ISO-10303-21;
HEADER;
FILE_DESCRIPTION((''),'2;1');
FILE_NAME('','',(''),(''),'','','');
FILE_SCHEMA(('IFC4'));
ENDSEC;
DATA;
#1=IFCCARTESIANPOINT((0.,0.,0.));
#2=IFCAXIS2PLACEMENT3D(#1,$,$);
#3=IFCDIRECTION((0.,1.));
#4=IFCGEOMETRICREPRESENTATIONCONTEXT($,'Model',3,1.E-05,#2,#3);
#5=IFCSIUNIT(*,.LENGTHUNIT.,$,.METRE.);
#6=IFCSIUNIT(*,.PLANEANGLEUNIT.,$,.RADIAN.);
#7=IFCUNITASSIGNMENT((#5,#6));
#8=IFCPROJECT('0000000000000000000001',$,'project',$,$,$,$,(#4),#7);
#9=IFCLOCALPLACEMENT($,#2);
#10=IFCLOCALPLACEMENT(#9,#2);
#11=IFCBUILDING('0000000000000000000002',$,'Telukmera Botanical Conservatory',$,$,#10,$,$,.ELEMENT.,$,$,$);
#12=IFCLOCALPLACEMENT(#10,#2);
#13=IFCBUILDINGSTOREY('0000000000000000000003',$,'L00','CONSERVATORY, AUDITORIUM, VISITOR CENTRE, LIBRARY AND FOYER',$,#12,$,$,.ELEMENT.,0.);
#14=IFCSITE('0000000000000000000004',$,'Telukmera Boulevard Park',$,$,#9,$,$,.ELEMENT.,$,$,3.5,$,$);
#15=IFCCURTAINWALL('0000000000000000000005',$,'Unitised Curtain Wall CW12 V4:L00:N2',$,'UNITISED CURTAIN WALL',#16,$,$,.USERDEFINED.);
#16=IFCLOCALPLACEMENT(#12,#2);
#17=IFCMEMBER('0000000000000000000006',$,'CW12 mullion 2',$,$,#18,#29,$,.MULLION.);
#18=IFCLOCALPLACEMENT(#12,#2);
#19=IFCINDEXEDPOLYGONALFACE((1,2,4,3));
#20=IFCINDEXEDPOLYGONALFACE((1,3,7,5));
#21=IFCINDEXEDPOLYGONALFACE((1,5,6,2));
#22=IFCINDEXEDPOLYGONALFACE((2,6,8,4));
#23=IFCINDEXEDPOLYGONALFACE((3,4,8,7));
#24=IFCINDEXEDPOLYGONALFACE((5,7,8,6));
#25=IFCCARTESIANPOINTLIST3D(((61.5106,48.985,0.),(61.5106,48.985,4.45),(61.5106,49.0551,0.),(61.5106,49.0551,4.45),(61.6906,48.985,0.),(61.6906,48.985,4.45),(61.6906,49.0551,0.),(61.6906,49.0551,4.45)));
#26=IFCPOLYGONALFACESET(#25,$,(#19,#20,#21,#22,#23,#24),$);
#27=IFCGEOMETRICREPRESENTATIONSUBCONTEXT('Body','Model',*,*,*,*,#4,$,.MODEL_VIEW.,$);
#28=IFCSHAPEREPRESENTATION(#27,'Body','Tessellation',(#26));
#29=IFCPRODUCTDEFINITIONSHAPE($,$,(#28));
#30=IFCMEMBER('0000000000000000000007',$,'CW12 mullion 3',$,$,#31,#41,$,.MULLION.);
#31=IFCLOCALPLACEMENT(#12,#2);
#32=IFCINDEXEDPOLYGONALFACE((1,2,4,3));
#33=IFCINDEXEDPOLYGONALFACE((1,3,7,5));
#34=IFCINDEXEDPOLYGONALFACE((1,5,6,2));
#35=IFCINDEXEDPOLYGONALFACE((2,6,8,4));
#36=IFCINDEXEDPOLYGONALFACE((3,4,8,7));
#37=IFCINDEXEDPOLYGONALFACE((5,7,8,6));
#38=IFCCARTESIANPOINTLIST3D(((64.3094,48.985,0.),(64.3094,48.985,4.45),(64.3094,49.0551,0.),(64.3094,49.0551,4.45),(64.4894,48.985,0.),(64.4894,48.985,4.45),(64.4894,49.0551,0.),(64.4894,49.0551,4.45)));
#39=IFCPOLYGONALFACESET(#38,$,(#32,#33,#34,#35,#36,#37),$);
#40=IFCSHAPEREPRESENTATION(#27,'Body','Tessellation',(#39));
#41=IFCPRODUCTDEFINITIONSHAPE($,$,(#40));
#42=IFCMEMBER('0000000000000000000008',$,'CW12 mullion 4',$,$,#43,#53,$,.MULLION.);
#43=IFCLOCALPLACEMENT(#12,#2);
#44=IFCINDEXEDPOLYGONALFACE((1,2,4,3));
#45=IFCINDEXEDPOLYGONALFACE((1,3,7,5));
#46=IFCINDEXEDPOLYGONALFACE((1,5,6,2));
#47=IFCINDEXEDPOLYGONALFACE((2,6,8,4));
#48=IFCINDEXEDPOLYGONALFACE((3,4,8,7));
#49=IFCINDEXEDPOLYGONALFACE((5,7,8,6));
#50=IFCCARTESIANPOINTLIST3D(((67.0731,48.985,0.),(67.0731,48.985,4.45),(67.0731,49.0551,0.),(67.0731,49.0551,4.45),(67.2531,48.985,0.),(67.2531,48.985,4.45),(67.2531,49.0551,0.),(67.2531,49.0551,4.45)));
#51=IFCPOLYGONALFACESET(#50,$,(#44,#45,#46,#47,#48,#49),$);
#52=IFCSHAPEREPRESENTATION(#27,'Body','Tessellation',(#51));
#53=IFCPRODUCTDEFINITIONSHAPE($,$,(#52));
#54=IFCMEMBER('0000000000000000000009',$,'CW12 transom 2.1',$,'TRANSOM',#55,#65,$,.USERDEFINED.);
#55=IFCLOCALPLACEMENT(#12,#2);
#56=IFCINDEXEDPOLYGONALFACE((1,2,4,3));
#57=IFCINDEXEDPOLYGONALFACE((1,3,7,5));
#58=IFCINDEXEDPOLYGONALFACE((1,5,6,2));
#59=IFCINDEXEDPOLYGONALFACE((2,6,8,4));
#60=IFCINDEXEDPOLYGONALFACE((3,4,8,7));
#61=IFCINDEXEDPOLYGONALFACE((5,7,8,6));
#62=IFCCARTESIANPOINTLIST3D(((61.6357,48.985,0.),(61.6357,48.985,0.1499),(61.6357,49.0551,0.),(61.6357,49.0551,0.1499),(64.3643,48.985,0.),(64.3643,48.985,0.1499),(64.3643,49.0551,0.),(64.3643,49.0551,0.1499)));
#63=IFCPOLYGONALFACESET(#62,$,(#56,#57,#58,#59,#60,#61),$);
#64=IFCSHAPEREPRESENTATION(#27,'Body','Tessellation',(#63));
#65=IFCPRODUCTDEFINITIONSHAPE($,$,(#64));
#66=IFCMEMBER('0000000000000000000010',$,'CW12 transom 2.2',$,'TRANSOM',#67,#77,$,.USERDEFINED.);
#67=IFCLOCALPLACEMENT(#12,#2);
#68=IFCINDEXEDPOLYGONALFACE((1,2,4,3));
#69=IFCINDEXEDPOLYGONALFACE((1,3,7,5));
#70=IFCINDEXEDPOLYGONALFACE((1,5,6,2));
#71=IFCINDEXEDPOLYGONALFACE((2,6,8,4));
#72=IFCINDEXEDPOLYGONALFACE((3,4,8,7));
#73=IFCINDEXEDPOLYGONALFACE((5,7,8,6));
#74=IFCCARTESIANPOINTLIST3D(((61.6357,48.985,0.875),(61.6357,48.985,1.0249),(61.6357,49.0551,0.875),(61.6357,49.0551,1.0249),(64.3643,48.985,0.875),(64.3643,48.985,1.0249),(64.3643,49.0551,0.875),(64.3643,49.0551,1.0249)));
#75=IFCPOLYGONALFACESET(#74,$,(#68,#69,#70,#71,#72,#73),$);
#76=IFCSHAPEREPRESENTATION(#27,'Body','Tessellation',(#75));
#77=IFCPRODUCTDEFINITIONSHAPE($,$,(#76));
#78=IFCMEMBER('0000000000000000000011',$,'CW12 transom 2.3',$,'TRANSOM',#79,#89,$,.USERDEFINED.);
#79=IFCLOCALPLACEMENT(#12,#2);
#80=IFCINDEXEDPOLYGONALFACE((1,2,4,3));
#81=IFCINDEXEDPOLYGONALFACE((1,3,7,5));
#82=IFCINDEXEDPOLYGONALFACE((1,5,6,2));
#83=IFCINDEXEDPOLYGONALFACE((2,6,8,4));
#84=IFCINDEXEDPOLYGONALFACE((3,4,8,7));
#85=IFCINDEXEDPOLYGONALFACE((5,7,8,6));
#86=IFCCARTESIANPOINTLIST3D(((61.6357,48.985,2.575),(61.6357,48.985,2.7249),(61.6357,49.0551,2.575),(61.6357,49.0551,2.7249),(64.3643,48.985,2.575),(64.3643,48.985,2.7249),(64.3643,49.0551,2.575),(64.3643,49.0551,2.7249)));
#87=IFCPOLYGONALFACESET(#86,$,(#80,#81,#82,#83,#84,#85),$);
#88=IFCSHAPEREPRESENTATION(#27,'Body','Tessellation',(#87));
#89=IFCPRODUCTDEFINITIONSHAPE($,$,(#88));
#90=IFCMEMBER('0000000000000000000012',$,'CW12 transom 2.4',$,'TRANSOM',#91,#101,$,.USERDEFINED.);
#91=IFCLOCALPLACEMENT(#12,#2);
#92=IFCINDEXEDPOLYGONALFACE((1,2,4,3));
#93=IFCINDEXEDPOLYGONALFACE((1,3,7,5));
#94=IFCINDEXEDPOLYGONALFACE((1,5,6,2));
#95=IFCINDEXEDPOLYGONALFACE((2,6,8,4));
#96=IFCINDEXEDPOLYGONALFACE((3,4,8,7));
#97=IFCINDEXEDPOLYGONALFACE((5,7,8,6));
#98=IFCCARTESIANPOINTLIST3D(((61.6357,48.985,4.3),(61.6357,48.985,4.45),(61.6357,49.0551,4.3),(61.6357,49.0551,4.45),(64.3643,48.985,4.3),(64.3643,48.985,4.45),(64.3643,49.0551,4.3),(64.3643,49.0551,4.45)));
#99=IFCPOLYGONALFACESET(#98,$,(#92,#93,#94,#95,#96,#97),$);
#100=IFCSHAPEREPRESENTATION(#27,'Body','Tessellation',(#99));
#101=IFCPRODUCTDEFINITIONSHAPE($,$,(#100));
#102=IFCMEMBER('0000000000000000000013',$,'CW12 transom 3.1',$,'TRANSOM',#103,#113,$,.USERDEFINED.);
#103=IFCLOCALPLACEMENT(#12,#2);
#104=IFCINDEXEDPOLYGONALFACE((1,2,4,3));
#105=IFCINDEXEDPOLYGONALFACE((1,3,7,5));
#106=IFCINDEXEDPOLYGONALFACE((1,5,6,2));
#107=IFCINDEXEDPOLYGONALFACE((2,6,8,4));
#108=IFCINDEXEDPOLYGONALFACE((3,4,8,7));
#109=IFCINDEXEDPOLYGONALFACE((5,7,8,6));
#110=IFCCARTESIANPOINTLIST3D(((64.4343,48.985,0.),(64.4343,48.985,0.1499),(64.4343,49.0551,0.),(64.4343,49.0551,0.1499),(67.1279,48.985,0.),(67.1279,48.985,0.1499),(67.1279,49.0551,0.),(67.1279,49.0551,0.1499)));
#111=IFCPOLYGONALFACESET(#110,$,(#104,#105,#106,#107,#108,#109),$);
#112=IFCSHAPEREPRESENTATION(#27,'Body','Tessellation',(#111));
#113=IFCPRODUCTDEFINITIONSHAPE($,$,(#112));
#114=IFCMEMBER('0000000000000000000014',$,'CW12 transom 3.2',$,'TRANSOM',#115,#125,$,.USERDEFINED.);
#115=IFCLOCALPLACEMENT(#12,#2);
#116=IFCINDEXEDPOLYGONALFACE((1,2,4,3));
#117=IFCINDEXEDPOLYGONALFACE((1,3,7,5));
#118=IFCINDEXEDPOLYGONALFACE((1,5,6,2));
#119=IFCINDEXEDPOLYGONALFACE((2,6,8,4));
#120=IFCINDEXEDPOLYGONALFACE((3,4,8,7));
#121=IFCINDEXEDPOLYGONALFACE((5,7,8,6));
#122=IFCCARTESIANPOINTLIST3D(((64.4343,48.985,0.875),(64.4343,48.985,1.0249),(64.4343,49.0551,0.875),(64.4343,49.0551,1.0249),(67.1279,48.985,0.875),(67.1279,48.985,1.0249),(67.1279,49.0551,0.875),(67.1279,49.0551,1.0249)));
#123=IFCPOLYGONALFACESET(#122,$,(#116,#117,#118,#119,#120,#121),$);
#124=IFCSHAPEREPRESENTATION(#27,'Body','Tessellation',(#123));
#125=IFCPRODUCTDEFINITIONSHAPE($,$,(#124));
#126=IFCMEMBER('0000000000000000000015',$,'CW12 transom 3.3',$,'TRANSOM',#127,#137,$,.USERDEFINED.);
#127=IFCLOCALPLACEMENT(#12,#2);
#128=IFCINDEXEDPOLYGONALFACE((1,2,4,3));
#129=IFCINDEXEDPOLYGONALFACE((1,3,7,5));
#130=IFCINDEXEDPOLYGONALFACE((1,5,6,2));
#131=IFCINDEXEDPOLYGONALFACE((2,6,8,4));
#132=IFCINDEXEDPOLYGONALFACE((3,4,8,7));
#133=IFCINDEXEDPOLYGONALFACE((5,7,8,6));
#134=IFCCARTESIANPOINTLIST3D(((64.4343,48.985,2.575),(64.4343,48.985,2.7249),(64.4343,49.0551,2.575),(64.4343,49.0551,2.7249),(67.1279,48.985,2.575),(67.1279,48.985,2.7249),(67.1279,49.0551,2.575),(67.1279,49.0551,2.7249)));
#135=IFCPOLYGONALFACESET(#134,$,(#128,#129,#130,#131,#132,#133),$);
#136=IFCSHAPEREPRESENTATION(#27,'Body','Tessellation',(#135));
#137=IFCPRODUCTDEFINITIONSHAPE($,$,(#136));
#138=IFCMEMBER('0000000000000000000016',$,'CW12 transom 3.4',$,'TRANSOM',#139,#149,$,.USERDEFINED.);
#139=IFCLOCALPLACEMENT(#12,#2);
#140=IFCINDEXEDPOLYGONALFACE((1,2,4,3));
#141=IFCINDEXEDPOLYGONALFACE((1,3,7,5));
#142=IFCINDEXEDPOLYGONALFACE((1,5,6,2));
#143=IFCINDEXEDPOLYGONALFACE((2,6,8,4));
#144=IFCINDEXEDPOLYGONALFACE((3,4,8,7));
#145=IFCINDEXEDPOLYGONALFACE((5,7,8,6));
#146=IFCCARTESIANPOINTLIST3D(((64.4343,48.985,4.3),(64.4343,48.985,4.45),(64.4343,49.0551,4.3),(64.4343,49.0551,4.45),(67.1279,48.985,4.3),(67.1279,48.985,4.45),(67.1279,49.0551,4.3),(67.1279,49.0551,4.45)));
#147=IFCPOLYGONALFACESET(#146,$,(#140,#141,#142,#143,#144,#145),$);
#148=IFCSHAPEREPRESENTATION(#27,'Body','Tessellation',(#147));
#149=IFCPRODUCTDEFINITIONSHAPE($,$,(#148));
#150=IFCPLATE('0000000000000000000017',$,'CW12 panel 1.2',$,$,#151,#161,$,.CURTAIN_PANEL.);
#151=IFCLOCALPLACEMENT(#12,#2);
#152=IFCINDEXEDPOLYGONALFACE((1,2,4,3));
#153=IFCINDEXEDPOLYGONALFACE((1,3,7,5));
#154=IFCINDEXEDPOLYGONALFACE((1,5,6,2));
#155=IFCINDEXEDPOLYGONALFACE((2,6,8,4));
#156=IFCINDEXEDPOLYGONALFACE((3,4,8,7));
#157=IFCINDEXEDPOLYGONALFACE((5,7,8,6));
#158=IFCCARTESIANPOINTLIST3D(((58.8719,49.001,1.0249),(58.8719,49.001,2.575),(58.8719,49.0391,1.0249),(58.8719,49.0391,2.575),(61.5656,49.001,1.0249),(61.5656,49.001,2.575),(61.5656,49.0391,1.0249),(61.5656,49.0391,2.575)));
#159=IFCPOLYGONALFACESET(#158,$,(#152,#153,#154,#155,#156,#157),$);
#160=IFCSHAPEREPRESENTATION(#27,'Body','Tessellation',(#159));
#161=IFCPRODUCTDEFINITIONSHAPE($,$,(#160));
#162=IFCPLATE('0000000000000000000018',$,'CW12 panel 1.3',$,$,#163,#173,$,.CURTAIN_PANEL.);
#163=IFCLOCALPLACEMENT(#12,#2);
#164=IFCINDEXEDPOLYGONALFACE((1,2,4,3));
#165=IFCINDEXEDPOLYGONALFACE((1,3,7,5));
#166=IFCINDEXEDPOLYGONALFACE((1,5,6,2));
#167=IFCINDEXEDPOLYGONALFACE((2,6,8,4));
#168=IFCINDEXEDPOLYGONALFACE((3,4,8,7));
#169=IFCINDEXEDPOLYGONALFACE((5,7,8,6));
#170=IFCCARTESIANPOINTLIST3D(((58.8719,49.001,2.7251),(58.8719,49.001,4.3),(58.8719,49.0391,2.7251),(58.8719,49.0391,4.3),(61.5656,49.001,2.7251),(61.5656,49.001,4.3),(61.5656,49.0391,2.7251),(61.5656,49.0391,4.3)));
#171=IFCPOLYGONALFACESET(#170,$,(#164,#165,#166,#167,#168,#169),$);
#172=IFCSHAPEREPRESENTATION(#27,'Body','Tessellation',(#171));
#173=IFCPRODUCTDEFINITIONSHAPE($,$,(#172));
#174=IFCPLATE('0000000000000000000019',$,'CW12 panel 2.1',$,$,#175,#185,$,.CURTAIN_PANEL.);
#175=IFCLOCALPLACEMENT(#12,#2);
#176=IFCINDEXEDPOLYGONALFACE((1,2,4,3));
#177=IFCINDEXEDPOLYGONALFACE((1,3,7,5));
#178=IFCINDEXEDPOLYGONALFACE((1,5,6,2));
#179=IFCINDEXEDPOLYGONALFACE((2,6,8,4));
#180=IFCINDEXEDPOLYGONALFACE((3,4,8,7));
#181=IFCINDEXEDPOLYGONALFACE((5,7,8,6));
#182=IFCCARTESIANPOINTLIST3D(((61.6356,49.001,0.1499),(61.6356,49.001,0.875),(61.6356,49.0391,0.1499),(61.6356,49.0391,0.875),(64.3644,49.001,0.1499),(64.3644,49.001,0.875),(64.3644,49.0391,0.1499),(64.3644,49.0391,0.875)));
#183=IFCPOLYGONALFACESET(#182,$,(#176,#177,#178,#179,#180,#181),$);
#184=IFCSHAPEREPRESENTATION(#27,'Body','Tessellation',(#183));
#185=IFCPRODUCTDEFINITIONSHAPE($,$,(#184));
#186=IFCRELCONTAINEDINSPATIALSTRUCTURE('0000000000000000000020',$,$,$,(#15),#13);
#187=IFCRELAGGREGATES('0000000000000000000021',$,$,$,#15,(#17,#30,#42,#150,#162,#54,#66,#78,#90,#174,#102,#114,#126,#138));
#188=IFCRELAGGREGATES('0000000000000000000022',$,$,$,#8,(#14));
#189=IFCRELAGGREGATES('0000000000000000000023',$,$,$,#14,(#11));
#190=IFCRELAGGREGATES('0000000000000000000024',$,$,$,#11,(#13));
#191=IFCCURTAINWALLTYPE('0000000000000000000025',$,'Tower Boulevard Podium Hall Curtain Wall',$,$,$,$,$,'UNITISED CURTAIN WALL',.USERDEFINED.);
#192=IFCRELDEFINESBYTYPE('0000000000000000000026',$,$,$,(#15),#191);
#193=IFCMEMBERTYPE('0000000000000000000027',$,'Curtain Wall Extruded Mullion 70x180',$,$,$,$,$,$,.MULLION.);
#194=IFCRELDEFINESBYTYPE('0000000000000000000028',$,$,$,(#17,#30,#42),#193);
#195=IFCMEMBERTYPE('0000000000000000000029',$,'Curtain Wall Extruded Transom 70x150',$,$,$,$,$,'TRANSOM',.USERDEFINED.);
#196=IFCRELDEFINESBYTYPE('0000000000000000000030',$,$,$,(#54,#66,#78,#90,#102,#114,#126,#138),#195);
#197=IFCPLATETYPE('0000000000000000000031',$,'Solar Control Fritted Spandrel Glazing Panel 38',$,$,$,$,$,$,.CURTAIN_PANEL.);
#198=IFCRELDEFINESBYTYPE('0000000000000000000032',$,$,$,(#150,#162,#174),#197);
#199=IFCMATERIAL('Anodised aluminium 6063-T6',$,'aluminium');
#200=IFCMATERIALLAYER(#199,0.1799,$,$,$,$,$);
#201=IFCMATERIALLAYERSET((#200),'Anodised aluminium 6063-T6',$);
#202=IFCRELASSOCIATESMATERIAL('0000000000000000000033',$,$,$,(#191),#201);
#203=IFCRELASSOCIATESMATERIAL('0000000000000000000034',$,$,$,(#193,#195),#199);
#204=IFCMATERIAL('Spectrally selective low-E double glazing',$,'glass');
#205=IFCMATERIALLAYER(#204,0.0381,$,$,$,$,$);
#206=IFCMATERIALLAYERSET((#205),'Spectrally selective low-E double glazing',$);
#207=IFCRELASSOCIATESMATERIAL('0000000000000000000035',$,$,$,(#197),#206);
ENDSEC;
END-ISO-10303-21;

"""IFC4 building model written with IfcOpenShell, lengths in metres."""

from ifc_helpers import new_model, si_unit, direction, frame, origin, origin_2d, place, context, subcontext, project, spatial, rectangle, extrude, material, layer, layer_set, material_profile, profile_set, type_object, element, aggregate, save


model = new_model("IFC4")

# Units and contexts
model_context = context("Model", 3, precision=1e-05, world=origin(), true_north=direction((0.0, 1.0)))
body_context = subcontext(model_context, "Body", "Model", "MODEL_VIEW")
ifc_project = project(units=[si_unit("LENGTHUNIT", "METRE"), si_unit("PLANEANGLEUNIT", "RADIAN")], contexts=[model_context])

# Site, building, storey
site_placement = place(None, origin())
site = spatial("IfcSite", under=ifc_project, at=site_placement, Name="Telukmera Boulevard Park", CompositionType="ELEMENT", RefElevation=3.5)
building_placement = place(site_placement, origin())
building = spatial("IfcBuilding", under=site, at=building_placement, Name="Telukmera Botanical Conservatory", CompositionType="ELEMENT")
storey_placement = place(building_placement, origin())
storey = spatial("IfcBuildingStorey", under=building, at=storey_placement, Name="L00", Description="CONSERVATORY, AUDITORIUM, VISITOR CENTRE, LIBRARY AND FOYER", CompositionType="ELEMENT", Elevation=0.0)

# Curtain wall, members, plates
ifc_material_1 = material(Name="Anodised aluminium 6063-T6", Category="aluminium")
ifc_layer_1 = layer(ifc_material_1, 0.1799)
ifc_layer_set_1 = layer_set([ifc_layer_1], Name="Anodised aluminium 6063-T6")
curtain_wall_type = type_object("IfcCurtainWallType", Name="Tower Boulevard Podium Hall Curtain Wall", ElementType="UNITISED CURTAIN WALL", PredefinedType="USERDEFINED", material=ifc_layer_set_1)
curtain_wall_placement = place(storey_placement, origin())
curtain_wall = element("IfcCurtainWall", 1, at=curtain_wall_placement, inside=storey, type_object=curtain_wall_type, Name="Unitised Curtain Wall CW12 V4:L00:N2", ObjectType="UNITISED CURTAIN WALL", PredefinedType="USERDEFINED")
ifc_material_profile_1 = material_profile(ifc_material_1, rectangle(XDim=0.0701, YDim=0.1799, at=origin_2d()), Name="ALU MULL 70x180")
ifc_profile_set_1 = profile_set([ifc_material_profile_1], Name="Anodised aluminium 6063-T6")
member_type_1 = type_object("IfcMemberType", Name="Curtain Wall Extruded Mullion 70x180", PredefinedType="MULLION", material=ifc_profile_set_1)
member_1_placement = place(storey_placement, frame((61.6006, 49.02, 0.0), z_axis=(0.0, 0.0, 1.0), x_axis=(0.0, 1.0, 0.0)))
member_1 = element("IfcMember", 2, at=member_1_placement, type_object=member_type_1, Name="CW12 mullion 2", PredefinedType="MULLION", context=body_context, shape_type="SweptSolid", body=[
    extrude(rectangle(XDim=0.0701, YDim=0.1799, at=origin_2d()), origin(), (0.0, 0.0, 1.0), 4.45),
])
member_2_placement = place(storey_placement, frame((64.3994, 49.02, 0.0), z_axis=(0.0, 0.0, 1.0), x_axis=(0.0, 1.0, 0.0)))
member_2 = element("IfcMember", 3, at=member_2_placement, type_object=member_type_1, Name="CW12 mullion 3", PredefinedType="MULLION", context=body_context, shape_type="SweptSolid", body=[
    extrude(rectangle(XDim=0.0701, YDim=0.1799, at=origin_2d()), origin(), (0.0, 0.0, 1.0), 4.45),
])
member_3_placement = place(storey_placement, frame((67.1631, 49.02, 0.0), z_axis=(0.0, 0.0, 1.0), x_axis=(0.0, 1.0, 0.0)))
member_3 = element("IfcMember", 4, at=member_3_placement, type_object=member_type_1, Name="CW12 mullion 4", PredefinedType="MULLION", context=body_context, shape_type="SweptSolid", body=[
    extrude(rectangle(XDim=0.0701, YDim=0.1799, at=origin_2d()), origin(), (0.0, 0.0, 1.0), 4.45),
])
ifc_material_profile_2 = material_profile(ifc_material_1, rectangle(XDim=0.0701, YDim=0.1499, at=origin_2d()), Name="ALU TRAN 70x150")
ifc_profile_set_2 = profile_set([ifc_material_profile_2], Name="Anodised aluminium 6063-T6")
member_type_2 = type_object("IfcMemberType", Name="Curtain Wall Extruded Transom 70x150", ElementType="TRANSOM", PredefinedType="USERDEFINED", material=ifc_profile_set_2)
member_4_placement = place(storey_placement, frame((61.6357, 49.02, 0.075), z_axis=(1.0, 0.0, 0.0), x_axis=(0.0, 1.0, 0.0)))
member_4 = element("IfcMember", 5, at=member_4_placement, type_object=member_type_2, Name="CW12 transom 2.1", ObjectType="TRANSOM", PredefinedType="USERDEFINED", context=body_context, shape_type="SweptSolid", body=[
    extrude(rectangle(XDim=0.0701, YDim=0.1499, at=origin_2d()), origin(), (0.0, 0.0, 1.0), 2.7285),
])
member_5_placement = place(storey_placement, frame((61.6357, 49.02, 0.95), z_axis=(1.0, 0.0, 0.0), x_axis=(0.0, 1.0, 0.0)))
member_5 = element("IfcMember", 6, at=member_5_placement, type_object=member_type_2, Name="CW12 transom 2.2", ObjectType="TRANSOM", PredefinedType="USERDEFINED", context=body_context, shape_type="SweptSolid", body=[
    extrude(rectangle(XDim=0.0701, YDim=0.1499, at=origin_2d()), origin(), (0.0, 0.0, 1.0), 2.7285),
])
member_6_placement = place(storey_placement, frame((61.6357, 49.02, 2.6499), z_axis=(1.0, 0.0, 0.0), x_axis=(0.0, 1.0, 0.0)))
member_6 = element("IfcMember", 7, at=member_6_placement, type_object=member_type_2, Name="CW12 transom 2.3", ObjectType="TRANSOM", PredefinedType="USERDEFINED", context=body_context, shape_type="SweptSolid", body=[
    extrude(rectangle(XDim=0.0701, YDim=0.1499, at=origin_2d()), origin(), (0.0, 0.0, 1.0), 2.7285),
])
member_7_placement = place(storey_placement, frame((61.6357, 49.02, 4.375), z_axis=(1.0, 0.0, 0.0), x_axis=(0.0, 1.0, 0.0)))
member_7 = element("IfcMember", 8, at=member_7_placement, type_object=member_type_2, Name="CW12 transom 2.4", ObjectType="TRANSOM", PredefinedType="USERDEFINED", context=body_context, shape_type="SweptSolid", body=[
    extrude(rectangle(XDim=0.0701, YDim=0.1499, at=origin_2d()), origin(), (0.0, 0.0, 1.0), 2.7285),
])
member_8_placement = place(storey_placement, frame((64.4343, 49.02, 0.075), z_axis=(1.0, 0.0, 0.0), x_axis=(0.0, 1.0, 0.0)))
member_8 = element("IfcMember", 9, at=member_8_placement, type_object=member_type_2, Name="CW12 transom 3.1", ObjectType="TRANSOM", PredefinedType="USERDEFINED", context=body_context, shape_type="SweptSolid", body=[
    extrude(rectangle(XDim=0.0701, YDim=0.1499, at=origin_2d()), origin(), (0.0, 0.0, 1.0), 2.6936),
])
member_9_placement = place(storey_placement, frame((64.4343, 49.02, 0.95), z_axis=(1.0, 0.0, 0.0), x_axis=(0.0, 1.0, 0.0)))
member_9 = element("IfcMember", 10, at=member_9_placement, type_object=member_type_2, Name="CW12 transom 3.2", ObjectType="TRANSOM", PredefinedType="USERDEFINED", context=body_context, shape_type="SweptSolid", body=[
    extrude(rectangle(XDim=0.0701, YDim=0.1499, at=origin_2d()), origin(), (0.0, 0.0, 1.0), 2.6936),
])
member_10_placement = place(storey_placement, frame((64.4343, 49.02, 2.6499), z_axis=(1.0, 0.0, 0.0), x_axis=(0.0, 1.0, 0.0)))
member_10 = element("IfcMember", 11, at=member_10_placement, type_object=member_type_2, Name="CW12 transom 3.3", ObjectType="TRANSOM", PredefinedType="USERDEFINED", context=body_context, shape_type="SweptSolid", body=[
    extrude(rectangle(XDim=0.0701, YDim=0.1499, at=origin_2d()), origin(), (0.0, 0.0, 1.0), 2.6936),
])
member_11_placement = place(storey_placement, frame((64.4343, 49.02, 4.375), z_axis=(1.0, 0.0, 0.0), x_axis=(0.0, 1.0, 0.0)))
member_11 = element("IfcMember", 12, at=member_11_placement, type_object=member_type_2, Name="CW12 transom 3.4", ObjectType="TRANSOM", PredefinedType="USERDEFINED", context=body_context, shape_type="SweptSolid", body=[
    extrude(rectangle(XDim=0.0701, YDim=0.1499, at=origin_2d()), origin(), (0.0, 0.0, 1.0), 2.6936),
])
ifc_material_2 = material(Name="Spectrally selective low-E double glazing", Category="glass")
ifc_layer_2 = layer(ifc_material_2, 0.0381)
ifc_layer_set_2 = layer_set([ifc_layer_2], Name="Spectrally selective low-E double glazing")
plate_type = type_object("IfcPlateType", Name="Solar Control Fritted Spandrel Glazing Panel 38", PredefinedType="CURTAIN_PANEL", material=ifc_layer_set_2)
plate_1_placement = place(storey_placement, frame((60.2188, 49.02, 1.0249), z_axis=(0.0, 0.0, 1.0), x_axis=(1.0, 0.0, 0.0)))
plate_1 = element("IfcPlate", 13, at=plate_1_placement, type_object=plate_type, Name="CW12 panel 1.2", PredefinedType="CURTAIN_PANEL", context=body_context, shape_type="SweptSolid", body=[
    extrude(rectangle(XDim=2.6936, YDim=0.0381, at=origin_2d()), origin(), (0.0, 0.0, 1.0), 1.55),
])
plate_2_placement = place(storey_placement, frame((60.2188, 49.02, 2.7251), z_axis=(0.0, 0.0, 1.0), x_axis=(1.0, 0.0, 0.0)))
plate_2 = element("IfcPlate", 14, at=plate_2_placement, type_object=plate_type, Name="CW12 panel 1.3", PredefinedType="CURTAIN_PANEL", context=body_context, shape_type="SweptSolid", body=[
    extrude(rectangle(XDim=2.6936, YDim=0.0381, at=origin_2d()), origin(), (0.0, 0.0, 1.0), 1.575),
])
plate_3_placement = place(storey_placement, frame((63.0, 49.02, 0.1499), z_axis=(0.0, 0.0, 1.0), x_axis=(1.0, 0.0, 0.0)))
plate_3 = element("IfcPlate", 15, at=plate_3_placement, type_object=plate_type, Name="CW12 panel 2.1", PredefinedType="CURTAIN_PANEL", context=body_context, shape_type="SweptSolid", body=[
    extrude(rectangle(XDim=2.7288, YDim=0.0381, at=origin_2d()), origin(), (0.0, 0.0, 1.0), 0.7251),
])
aggregate(curtain_wall, [member_1, member_2, member_3, plate_1, plate_2, member_4, member_5, member_6, member_7, plate_3, member_8, member_9, member_10, member_11])

save(model, "model.ifc")
